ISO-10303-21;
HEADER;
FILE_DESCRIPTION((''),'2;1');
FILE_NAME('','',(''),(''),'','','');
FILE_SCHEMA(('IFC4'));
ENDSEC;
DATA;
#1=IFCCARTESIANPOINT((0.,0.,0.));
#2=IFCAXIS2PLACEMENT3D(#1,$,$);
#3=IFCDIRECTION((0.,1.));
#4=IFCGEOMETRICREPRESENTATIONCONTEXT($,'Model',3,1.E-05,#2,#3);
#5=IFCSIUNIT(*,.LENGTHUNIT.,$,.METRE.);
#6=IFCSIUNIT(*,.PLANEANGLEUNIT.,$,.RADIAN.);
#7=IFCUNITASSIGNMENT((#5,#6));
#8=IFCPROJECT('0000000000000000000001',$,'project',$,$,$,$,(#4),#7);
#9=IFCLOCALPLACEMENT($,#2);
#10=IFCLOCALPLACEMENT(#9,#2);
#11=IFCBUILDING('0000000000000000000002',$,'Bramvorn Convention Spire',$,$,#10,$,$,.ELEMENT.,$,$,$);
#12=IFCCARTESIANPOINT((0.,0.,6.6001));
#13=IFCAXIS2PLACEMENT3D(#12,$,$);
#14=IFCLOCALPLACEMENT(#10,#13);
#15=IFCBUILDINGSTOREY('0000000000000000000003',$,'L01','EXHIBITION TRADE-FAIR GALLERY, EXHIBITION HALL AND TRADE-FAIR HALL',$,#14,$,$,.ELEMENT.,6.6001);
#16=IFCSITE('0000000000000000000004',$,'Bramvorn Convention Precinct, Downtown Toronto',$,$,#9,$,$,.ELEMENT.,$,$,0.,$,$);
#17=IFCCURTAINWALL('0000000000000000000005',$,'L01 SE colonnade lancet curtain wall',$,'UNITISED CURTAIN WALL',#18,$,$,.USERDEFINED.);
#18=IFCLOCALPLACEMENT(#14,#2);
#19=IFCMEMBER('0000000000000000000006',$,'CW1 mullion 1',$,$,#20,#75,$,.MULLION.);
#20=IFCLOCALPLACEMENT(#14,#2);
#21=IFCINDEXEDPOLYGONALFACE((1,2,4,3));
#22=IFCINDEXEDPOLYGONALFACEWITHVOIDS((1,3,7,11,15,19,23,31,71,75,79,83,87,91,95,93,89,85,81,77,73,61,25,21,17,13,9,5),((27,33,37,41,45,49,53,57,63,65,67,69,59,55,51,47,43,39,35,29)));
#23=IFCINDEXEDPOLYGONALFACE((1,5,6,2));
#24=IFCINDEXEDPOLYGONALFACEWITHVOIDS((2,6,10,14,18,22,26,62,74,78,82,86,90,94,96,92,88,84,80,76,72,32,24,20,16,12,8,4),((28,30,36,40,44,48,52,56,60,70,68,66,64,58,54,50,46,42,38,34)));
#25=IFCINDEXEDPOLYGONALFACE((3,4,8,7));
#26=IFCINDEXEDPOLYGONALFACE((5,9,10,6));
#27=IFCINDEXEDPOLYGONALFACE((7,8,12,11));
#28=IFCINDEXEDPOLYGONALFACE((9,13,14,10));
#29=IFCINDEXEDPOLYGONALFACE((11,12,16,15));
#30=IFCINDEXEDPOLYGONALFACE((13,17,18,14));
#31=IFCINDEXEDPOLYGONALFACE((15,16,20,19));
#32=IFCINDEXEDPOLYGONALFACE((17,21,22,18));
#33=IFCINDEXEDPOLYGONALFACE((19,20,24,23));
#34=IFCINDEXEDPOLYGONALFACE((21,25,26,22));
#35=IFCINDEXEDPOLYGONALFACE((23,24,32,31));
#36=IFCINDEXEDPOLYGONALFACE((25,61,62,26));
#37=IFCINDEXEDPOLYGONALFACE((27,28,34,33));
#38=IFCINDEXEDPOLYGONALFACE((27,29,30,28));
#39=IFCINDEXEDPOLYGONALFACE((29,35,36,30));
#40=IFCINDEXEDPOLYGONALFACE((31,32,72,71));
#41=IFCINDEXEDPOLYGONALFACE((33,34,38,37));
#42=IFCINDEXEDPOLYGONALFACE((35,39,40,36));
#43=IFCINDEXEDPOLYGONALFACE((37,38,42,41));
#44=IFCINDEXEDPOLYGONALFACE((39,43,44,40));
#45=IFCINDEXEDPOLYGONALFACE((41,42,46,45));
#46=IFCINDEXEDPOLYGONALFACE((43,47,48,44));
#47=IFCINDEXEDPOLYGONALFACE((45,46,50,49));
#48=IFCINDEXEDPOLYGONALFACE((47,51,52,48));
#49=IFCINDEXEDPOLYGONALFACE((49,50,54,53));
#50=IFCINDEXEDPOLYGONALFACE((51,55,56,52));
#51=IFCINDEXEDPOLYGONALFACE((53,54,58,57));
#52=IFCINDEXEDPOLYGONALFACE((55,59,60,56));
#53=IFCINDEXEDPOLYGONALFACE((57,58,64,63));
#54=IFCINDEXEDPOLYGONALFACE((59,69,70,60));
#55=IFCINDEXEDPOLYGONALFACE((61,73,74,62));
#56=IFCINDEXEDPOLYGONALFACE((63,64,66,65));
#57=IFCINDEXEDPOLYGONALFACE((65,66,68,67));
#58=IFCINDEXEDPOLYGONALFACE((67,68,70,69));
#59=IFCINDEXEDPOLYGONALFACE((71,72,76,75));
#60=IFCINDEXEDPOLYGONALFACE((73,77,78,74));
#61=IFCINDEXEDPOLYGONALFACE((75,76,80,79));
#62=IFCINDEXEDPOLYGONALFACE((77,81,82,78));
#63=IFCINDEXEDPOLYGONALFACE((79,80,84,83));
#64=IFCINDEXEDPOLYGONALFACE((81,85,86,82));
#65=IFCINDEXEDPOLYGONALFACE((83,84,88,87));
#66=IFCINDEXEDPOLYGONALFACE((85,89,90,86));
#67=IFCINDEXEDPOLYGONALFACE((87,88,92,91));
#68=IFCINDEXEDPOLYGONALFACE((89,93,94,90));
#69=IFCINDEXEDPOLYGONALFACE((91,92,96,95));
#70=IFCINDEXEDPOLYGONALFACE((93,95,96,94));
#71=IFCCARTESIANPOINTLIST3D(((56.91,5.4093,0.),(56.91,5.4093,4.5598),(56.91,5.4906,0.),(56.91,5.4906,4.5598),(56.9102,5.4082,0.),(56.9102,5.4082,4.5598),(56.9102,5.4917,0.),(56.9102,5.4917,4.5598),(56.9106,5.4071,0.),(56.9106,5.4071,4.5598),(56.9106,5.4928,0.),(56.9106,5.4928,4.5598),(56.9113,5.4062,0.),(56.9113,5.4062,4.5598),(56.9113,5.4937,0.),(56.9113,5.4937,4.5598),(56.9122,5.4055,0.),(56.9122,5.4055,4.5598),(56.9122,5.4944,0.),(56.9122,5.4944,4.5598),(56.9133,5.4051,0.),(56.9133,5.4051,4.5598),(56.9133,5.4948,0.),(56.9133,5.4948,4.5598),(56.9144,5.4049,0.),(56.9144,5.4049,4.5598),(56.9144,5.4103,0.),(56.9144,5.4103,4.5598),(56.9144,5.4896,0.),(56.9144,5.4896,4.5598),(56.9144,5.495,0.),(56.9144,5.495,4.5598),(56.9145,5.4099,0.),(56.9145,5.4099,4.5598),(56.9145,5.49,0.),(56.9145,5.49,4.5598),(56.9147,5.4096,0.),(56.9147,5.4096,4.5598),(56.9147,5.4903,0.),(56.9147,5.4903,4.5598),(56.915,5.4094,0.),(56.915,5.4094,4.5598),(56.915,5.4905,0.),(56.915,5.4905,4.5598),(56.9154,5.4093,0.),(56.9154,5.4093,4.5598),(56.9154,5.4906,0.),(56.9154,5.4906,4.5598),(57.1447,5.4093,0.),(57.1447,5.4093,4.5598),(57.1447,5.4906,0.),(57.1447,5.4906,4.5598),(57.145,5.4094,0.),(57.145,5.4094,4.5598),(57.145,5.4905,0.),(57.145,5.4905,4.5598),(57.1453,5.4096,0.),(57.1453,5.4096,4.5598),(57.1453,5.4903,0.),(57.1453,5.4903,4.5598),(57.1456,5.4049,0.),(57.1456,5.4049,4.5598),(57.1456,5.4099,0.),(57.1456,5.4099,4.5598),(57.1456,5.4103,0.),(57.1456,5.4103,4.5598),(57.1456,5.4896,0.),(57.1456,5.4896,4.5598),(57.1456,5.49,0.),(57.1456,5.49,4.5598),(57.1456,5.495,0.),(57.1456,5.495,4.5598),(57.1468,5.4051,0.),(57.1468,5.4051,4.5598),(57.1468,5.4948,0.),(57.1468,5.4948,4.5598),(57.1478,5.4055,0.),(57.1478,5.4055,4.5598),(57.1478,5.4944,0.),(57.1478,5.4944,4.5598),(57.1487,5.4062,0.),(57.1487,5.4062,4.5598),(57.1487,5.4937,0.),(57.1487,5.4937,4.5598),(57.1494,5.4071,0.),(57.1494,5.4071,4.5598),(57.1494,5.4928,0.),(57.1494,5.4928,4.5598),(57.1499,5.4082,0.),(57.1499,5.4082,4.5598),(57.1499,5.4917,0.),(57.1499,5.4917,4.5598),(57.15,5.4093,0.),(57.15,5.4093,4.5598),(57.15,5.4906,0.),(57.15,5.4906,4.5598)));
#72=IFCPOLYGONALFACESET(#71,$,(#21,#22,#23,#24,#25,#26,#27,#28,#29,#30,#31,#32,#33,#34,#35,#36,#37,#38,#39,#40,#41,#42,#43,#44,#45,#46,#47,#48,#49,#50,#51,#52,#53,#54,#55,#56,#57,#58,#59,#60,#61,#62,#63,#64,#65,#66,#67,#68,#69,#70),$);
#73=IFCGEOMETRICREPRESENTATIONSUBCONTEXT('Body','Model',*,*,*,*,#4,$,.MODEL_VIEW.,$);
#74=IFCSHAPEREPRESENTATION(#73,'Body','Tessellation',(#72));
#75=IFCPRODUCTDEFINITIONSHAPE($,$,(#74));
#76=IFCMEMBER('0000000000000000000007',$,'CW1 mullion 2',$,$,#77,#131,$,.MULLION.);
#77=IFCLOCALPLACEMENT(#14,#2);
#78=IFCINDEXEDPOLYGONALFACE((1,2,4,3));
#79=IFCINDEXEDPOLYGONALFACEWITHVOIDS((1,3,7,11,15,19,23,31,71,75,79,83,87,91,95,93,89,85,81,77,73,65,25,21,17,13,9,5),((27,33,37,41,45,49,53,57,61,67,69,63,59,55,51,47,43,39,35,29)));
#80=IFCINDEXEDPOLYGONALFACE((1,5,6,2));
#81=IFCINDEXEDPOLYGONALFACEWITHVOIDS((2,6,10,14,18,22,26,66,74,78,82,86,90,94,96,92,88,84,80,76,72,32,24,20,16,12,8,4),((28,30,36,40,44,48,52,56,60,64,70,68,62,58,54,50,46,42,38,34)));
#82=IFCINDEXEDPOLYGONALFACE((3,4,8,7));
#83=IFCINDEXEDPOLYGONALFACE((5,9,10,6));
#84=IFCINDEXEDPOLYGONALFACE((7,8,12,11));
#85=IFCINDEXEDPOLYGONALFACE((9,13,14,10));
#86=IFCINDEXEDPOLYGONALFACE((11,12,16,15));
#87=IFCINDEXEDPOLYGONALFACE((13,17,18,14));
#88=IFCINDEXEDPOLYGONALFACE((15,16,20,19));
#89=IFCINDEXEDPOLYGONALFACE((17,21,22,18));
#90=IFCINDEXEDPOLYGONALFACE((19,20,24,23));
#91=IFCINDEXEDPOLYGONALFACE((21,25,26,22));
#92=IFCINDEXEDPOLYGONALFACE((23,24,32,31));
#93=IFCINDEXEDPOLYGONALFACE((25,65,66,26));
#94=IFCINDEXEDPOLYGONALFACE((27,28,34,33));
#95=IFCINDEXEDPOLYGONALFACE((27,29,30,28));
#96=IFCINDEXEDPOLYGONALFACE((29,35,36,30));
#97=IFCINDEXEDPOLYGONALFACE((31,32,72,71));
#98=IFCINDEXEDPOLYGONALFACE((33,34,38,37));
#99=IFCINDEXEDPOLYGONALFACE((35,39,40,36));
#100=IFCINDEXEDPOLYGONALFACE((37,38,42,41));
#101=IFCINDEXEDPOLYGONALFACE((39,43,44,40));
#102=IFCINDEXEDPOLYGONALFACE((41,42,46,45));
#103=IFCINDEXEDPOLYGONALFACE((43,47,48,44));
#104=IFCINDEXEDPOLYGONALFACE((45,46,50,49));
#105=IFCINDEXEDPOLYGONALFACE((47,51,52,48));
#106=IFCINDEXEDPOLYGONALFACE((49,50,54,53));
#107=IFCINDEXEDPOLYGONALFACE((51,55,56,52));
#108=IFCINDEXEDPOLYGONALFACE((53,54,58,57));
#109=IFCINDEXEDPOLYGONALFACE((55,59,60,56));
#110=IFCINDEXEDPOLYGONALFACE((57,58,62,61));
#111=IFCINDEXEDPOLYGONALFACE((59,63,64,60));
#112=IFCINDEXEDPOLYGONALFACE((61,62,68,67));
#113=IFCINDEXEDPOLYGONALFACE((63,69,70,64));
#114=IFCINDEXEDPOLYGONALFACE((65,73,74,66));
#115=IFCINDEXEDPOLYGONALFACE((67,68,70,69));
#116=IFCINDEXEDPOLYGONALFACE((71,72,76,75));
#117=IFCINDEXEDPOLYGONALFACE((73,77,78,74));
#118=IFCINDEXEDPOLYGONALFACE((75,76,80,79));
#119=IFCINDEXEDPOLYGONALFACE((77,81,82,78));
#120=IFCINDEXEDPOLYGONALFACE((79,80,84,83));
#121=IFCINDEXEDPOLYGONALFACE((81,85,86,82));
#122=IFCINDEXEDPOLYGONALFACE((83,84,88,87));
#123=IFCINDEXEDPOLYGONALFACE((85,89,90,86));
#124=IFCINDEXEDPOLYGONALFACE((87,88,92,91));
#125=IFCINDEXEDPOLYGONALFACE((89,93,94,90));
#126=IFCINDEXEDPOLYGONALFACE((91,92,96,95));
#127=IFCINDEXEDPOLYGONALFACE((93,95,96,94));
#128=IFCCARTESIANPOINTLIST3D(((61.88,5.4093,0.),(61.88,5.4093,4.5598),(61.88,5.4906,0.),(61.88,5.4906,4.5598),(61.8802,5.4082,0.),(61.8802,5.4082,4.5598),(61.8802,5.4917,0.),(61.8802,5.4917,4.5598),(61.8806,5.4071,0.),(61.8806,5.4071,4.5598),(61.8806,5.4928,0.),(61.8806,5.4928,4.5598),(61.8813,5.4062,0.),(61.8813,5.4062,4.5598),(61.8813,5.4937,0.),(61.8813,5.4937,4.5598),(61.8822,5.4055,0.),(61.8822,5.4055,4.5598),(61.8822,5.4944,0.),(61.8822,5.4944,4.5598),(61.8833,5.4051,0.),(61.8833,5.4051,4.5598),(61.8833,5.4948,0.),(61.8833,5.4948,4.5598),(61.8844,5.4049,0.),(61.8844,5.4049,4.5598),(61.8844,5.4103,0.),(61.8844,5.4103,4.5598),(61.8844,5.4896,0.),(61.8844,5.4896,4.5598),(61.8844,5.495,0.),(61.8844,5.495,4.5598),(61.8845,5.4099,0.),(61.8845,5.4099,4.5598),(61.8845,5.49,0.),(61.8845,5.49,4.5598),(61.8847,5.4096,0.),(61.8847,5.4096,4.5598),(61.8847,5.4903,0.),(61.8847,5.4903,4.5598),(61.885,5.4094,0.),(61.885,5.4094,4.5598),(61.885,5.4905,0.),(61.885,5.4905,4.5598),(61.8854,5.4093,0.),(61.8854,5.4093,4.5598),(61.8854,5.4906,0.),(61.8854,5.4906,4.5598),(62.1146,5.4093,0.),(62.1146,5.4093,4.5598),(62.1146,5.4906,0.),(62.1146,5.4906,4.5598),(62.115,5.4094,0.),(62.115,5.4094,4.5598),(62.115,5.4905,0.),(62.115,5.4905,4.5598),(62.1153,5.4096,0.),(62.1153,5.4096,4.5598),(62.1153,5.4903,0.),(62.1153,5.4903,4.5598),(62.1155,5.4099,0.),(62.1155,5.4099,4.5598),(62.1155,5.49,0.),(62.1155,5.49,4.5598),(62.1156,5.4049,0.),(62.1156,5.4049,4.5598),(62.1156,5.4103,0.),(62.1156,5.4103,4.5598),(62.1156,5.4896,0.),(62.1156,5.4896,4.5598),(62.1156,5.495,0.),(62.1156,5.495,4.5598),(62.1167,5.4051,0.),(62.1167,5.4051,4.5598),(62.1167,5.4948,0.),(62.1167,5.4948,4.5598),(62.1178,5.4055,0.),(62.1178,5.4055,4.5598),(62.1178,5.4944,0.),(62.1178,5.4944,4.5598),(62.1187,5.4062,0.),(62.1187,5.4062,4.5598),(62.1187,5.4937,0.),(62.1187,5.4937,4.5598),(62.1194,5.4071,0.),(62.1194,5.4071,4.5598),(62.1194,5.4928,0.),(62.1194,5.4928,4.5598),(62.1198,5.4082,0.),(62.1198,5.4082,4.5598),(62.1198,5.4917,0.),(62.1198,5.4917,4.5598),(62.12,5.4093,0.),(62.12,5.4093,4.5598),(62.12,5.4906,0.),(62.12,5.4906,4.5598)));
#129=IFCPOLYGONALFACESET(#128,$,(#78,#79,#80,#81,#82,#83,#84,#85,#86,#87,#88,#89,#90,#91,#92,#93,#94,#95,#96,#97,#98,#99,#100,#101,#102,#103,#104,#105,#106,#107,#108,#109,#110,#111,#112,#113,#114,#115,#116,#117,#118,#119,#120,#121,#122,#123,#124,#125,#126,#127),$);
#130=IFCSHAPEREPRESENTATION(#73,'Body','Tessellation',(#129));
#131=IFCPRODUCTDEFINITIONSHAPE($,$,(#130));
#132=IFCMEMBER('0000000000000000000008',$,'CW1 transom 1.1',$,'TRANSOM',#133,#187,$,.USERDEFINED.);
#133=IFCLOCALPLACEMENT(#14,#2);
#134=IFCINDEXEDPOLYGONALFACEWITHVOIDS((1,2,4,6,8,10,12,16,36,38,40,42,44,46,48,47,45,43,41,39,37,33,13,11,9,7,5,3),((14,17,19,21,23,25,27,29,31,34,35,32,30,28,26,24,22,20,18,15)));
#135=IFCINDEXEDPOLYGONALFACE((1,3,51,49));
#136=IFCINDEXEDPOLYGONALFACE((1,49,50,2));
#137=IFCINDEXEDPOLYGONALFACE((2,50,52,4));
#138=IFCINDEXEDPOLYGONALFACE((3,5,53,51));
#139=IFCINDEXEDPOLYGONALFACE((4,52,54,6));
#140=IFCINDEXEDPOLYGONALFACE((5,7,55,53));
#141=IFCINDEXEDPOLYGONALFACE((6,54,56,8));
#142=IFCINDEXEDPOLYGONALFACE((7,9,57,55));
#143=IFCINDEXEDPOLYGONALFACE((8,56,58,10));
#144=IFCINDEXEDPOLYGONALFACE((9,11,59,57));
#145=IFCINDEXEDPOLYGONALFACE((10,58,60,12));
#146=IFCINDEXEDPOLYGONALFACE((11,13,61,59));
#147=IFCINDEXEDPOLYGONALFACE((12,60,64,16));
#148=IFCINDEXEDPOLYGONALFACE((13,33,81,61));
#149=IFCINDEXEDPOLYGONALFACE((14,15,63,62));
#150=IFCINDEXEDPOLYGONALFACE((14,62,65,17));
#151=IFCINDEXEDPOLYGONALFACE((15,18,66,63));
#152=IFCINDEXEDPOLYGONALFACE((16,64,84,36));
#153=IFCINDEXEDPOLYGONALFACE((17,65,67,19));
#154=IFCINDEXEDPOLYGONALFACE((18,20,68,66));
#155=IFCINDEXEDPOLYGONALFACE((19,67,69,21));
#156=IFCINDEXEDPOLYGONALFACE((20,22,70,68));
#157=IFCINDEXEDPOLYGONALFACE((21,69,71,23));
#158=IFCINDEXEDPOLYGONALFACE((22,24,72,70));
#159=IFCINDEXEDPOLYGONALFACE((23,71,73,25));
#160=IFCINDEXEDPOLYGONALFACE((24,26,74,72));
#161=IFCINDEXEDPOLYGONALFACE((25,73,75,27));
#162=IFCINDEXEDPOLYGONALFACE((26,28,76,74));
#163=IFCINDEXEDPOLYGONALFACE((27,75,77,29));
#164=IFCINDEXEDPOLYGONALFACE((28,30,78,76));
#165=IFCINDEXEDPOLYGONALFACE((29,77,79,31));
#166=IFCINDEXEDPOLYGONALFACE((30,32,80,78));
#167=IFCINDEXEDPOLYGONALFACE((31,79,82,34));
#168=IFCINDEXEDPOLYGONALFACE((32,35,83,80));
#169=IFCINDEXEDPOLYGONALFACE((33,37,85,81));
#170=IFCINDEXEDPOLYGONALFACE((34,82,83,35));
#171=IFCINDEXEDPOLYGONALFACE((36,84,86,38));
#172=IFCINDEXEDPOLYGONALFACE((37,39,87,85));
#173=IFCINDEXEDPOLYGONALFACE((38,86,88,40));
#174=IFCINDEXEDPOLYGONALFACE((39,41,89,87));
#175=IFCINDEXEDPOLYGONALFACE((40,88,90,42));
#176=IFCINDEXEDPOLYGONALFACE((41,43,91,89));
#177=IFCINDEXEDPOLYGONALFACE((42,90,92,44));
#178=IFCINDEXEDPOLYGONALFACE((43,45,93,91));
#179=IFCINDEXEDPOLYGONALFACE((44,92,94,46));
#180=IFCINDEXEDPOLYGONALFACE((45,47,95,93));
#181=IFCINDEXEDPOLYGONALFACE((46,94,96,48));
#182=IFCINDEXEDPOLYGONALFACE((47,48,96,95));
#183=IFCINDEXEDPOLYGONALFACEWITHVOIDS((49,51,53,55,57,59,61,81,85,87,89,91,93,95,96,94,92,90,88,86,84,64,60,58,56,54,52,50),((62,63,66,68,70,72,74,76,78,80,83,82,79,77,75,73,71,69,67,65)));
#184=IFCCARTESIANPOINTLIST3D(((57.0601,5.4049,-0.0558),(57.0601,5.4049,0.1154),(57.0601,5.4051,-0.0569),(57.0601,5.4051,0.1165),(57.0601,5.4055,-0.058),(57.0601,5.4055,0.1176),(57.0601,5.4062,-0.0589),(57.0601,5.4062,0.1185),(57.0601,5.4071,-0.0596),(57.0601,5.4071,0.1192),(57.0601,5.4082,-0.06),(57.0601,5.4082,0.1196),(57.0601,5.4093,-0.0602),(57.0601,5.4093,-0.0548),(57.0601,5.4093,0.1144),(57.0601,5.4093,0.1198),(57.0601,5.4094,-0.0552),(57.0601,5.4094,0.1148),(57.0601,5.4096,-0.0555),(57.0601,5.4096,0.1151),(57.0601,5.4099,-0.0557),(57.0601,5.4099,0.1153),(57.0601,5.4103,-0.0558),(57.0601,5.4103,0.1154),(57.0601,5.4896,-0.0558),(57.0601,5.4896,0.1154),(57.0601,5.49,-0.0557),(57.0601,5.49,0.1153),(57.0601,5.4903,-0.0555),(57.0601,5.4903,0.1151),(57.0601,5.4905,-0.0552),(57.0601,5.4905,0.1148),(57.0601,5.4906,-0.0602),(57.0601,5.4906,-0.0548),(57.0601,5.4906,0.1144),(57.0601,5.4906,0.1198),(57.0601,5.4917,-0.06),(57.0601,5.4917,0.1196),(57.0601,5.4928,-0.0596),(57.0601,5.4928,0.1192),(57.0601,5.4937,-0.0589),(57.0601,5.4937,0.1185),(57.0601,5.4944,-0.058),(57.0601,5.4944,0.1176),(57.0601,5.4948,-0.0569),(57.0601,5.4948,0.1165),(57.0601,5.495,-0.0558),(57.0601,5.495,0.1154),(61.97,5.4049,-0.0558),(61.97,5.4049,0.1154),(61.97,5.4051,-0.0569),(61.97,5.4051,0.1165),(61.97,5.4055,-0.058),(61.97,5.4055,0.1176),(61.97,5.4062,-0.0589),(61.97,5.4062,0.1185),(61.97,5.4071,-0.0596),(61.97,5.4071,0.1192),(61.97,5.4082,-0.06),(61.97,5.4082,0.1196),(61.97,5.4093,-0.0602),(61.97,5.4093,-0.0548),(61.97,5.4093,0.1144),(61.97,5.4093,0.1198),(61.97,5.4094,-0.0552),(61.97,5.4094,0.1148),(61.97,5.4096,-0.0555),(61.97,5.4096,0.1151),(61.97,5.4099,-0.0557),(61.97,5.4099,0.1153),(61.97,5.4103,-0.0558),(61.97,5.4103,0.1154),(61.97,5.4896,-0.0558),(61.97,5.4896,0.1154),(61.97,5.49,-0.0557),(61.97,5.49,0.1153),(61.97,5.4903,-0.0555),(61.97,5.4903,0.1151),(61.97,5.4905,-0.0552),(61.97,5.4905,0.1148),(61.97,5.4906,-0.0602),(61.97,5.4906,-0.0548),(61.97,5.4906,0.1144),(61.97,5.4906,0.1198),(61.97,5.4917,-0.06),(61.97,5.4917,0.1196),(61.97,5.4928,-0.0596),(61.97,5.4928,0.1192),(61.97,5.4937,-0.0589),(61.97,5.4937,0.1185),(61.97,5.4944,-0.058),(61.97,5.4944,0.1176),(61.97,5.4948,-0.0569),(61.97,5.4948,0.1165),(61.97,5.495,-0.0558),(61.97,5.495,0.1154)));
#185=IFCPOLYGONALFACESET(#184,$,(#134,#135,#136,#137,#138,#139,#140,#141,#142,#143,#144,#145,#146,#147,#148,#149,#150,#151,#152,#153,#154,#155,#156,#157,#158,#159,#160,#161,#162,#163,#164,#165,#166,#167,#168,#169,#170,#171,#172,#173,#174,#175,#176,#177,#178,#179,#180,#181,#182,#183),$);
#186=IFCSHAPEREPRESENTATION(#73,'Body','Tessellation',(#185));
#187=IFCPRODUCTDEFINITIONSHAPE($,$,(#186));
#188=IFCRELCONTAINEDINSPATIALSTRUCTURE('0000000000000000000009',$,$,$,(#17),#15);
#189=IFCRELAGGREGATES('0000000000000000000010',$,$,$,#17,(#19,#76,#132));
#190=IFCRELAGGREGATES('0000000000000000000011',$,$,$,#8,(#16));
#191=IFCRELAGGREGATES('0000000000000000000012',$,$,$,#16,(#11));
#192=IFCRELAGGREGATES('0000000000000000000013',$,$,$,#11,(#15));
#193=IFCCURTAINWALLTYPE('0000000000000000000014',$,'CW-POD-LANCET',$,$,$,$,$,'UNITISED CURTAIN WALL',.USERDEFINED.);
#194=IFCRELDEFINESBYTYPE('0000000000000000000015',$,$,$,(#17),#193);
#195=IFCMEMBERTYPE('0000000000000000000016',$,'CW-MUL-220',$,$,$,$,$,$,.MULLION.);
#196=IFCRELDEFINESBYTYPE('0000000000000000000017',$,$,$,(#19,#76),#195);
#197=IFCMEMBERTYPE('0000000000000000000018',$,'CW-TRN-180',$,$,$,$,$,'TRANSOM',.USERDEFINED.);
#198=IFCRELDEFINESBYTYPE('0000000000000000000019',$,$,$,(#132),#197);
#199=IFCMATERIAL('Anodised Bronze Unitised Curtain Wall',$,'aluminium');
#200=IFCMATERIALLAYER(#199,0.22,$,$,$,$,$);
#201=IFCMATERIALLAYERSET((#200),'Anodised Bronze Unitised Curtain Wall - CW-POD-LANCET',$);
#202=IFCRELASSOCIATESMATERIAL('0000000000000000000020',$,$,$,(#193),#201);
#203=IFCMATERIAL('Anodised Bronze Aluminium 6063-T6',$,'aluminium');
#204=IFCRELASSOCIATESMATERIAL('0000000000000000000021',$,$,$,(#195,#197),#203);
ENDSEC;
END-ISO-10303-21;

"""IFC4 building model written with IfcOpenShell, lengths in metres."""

from ifc_helpers import new_model, si_unit, direction, frame, origin, origin_2d, place, context, subcontext, project, spatial, hollow_rectangle, extrude, material, layer, layer_set, material_profile, profile_set, type_object, element, aggregate, save


model = new_model("IFC4")

# Units and contexts
model_context = context("Model", 3, precision=1e-05, world=origin(), true_north=direction((0.0, 1.0)))
body_context = subcontext(model_context, "Body", "Model", "MODEL_VIEW")
ifc_project = project(units=[si_unit("LENGTHUNIT", "METRE"), si_unit("PLANEANGLEUNIT", "RADIAN")], contexts=[model_context])

# Site, building, storey
site_placement = place(None, origin())
site = spatial("IfcSite", under=ifc_project, at=site_placement, Name="Bramvorn Convention Precinct, Downtown Toronto", CompositionType="ELEMENT", RefElevation=0.0)
building_placement = place(site_placement, origin())
building = spatial("IfcBuilding", under=site, at=building_placement, Name="Bramvorn Convention Spire", CompositionType="ELEMENT")
storey_placement = place(building_placement, frame((0.0, 0.0, 6.6001)))
storey = spatial("IfcBuildingStorey", under=building, at=storey_placement, Name="L01", Description="EXHIBITION TRADE-FAIR GALLERY, EXHIBITION HALL AND TRADE-FAIR HALL", CompositionType="ELEMENT", Elevation=6.6001)

# Curtain wall, members
ifc_material_1 = material(Name="Anodised Bronze Unitised Curtain Wall", Category="aluminium")
ifc_layer_1 = layer(ifc_material_1, 0.22)
ifc_layer_set_1 = layer_set([ifc_layer_1], Name="Anodised Bronze Unitised Curtain Wall - CW-POD-LANCET")
curtain_wall_type = type_object("IfcCurtainWallType", Name="CW-POD-LANCET", ElementType="UNITISED CURTAIN WALL", PredefinedType="USERDEFINED", material=ifc_layer_set_1)
curtain_wall_placement = place(storey_placement, origin())
curtain_wall = element("IfcCurtainWall", 1, at=curtain_wall_placement, inside=storey, type_object=curtain_wall_type, Name="L01 SE colonnade lancet curtain wall", ObjectType="UNITISED CURTAIN WALL", PredefinedType="USERDEFINED")
ifc_material_2 = material(Name="Anodised Bronze Aluminium 6063-T6", Category="aluminium")
ifc_material_profile_1 = material_profile(ifc_material_2, hollow_rectangle(XDim=0.0901, YDim=0.24, WallThickness=0.0044, InnerFilletRadius=0.001, OuterFilletRadius=0.0044, at=origin_2d()))
ifc_profile_set_1 = profile_set([ifc_material_profile_1], Name="Anodised Bronze Aluminium 6063-T6 - CWM90X240")
member_type_1 = type_object("IfcMemberType", Name="CW-MUL-220", PredefinedType="MULLION", material=ifc_profile_set_1)
member_1_placement = place(storey_placement, frame((57.03, 5.45, 0.0), z_axis=(0.0, 0.0, 1.0), x_axis=(0.0, 1.0, 0.0)))
member_1 = element("IfcMember", 2, at=member_1_placement, type_object=member_type_1, Name="CW1 mullion 1", PredefinedType="MULLION", context=body_context, shape_type="SweptSolid", body=[
    extrude(hollow_rectangle(XDim=0.0901, YDim=0.24, WallThickness=0.0044, InnerFilletRadius=0.001, OuterFilletRadius=0.0044, at=origin_2d()), origin(), (0.0, 0.0, 1.0), 4.5598),
])
member_2_placement = place(storey_placement, frame((62.0, 5.45, 0.0), z_axis=(0.0, 0.0, 1.0), x_axis=(0.0, 1.0, 0.0)))
member_2 = element("IfcMember", 3, at=member_2_placement, type_object=member_type_1, Name="CW1 mullion 2", PredefinedType="MULLION", context=body_context, shape_type="SweptSolid", body=[
    extrude(hollow_rectangle(XDim=0.0901, YDim=0.24, WallThickness=0.0044, InnerFilletRadius=0.001, OuterFilletRadius=0.0044, at=origin_2d()), origin(), (0.0, 0.0, 1.0), 4.5598),
])
ifc_material_profile_2 = material_profile(ifc_material_2, hollow_rectangle(XDim=0.0901, YDim=0.1799, WallThickness=0.0044, InnerFilletRadius=0.001, OuterFilletRadius=0.0044, at=origin_2d()))
ifc_profile_set_2 = profile_set([ifc_material_profile_2], Name="Anodised Bronze Aluminium 6063-T6 - CWT90X180")
member_type_2 = type_object("IfcMemberType", Name="CW-TRN-180", ElementType="TRANSOM", PredefinedType="USERDEFINED", material=ifc_profile_set_2)
member_3_placement = place(storey_placement, frame((57.0601, 5.45, 0.0298), z_axis=(1.0, 0.0, 0.0), x_axis=(0.0, 1.0, 0.0)))
member_3 = element("IfcMember", 4, at=member_3_placement, type_object=member_type_2, Name="CW1 transom 1.1", ObjectType="TRANSOM", PredefinedType="USERDEFINED", context=body_context, shape_type="SweptSolid", body=[
    extrude(hollow_rectangle(XDim=0.0901, YDim=0.1799, WallThickness=0.0044, InnerFilletRadius=0.001, OuterFilletRadius=0.0044, at=origin_2d()), origin(), (0.0, 0.0, 1.0), 4.9099),
])
aggregate(curtain_wall, [member_1, member_2, member_3])

save(model, "model.ifc")
